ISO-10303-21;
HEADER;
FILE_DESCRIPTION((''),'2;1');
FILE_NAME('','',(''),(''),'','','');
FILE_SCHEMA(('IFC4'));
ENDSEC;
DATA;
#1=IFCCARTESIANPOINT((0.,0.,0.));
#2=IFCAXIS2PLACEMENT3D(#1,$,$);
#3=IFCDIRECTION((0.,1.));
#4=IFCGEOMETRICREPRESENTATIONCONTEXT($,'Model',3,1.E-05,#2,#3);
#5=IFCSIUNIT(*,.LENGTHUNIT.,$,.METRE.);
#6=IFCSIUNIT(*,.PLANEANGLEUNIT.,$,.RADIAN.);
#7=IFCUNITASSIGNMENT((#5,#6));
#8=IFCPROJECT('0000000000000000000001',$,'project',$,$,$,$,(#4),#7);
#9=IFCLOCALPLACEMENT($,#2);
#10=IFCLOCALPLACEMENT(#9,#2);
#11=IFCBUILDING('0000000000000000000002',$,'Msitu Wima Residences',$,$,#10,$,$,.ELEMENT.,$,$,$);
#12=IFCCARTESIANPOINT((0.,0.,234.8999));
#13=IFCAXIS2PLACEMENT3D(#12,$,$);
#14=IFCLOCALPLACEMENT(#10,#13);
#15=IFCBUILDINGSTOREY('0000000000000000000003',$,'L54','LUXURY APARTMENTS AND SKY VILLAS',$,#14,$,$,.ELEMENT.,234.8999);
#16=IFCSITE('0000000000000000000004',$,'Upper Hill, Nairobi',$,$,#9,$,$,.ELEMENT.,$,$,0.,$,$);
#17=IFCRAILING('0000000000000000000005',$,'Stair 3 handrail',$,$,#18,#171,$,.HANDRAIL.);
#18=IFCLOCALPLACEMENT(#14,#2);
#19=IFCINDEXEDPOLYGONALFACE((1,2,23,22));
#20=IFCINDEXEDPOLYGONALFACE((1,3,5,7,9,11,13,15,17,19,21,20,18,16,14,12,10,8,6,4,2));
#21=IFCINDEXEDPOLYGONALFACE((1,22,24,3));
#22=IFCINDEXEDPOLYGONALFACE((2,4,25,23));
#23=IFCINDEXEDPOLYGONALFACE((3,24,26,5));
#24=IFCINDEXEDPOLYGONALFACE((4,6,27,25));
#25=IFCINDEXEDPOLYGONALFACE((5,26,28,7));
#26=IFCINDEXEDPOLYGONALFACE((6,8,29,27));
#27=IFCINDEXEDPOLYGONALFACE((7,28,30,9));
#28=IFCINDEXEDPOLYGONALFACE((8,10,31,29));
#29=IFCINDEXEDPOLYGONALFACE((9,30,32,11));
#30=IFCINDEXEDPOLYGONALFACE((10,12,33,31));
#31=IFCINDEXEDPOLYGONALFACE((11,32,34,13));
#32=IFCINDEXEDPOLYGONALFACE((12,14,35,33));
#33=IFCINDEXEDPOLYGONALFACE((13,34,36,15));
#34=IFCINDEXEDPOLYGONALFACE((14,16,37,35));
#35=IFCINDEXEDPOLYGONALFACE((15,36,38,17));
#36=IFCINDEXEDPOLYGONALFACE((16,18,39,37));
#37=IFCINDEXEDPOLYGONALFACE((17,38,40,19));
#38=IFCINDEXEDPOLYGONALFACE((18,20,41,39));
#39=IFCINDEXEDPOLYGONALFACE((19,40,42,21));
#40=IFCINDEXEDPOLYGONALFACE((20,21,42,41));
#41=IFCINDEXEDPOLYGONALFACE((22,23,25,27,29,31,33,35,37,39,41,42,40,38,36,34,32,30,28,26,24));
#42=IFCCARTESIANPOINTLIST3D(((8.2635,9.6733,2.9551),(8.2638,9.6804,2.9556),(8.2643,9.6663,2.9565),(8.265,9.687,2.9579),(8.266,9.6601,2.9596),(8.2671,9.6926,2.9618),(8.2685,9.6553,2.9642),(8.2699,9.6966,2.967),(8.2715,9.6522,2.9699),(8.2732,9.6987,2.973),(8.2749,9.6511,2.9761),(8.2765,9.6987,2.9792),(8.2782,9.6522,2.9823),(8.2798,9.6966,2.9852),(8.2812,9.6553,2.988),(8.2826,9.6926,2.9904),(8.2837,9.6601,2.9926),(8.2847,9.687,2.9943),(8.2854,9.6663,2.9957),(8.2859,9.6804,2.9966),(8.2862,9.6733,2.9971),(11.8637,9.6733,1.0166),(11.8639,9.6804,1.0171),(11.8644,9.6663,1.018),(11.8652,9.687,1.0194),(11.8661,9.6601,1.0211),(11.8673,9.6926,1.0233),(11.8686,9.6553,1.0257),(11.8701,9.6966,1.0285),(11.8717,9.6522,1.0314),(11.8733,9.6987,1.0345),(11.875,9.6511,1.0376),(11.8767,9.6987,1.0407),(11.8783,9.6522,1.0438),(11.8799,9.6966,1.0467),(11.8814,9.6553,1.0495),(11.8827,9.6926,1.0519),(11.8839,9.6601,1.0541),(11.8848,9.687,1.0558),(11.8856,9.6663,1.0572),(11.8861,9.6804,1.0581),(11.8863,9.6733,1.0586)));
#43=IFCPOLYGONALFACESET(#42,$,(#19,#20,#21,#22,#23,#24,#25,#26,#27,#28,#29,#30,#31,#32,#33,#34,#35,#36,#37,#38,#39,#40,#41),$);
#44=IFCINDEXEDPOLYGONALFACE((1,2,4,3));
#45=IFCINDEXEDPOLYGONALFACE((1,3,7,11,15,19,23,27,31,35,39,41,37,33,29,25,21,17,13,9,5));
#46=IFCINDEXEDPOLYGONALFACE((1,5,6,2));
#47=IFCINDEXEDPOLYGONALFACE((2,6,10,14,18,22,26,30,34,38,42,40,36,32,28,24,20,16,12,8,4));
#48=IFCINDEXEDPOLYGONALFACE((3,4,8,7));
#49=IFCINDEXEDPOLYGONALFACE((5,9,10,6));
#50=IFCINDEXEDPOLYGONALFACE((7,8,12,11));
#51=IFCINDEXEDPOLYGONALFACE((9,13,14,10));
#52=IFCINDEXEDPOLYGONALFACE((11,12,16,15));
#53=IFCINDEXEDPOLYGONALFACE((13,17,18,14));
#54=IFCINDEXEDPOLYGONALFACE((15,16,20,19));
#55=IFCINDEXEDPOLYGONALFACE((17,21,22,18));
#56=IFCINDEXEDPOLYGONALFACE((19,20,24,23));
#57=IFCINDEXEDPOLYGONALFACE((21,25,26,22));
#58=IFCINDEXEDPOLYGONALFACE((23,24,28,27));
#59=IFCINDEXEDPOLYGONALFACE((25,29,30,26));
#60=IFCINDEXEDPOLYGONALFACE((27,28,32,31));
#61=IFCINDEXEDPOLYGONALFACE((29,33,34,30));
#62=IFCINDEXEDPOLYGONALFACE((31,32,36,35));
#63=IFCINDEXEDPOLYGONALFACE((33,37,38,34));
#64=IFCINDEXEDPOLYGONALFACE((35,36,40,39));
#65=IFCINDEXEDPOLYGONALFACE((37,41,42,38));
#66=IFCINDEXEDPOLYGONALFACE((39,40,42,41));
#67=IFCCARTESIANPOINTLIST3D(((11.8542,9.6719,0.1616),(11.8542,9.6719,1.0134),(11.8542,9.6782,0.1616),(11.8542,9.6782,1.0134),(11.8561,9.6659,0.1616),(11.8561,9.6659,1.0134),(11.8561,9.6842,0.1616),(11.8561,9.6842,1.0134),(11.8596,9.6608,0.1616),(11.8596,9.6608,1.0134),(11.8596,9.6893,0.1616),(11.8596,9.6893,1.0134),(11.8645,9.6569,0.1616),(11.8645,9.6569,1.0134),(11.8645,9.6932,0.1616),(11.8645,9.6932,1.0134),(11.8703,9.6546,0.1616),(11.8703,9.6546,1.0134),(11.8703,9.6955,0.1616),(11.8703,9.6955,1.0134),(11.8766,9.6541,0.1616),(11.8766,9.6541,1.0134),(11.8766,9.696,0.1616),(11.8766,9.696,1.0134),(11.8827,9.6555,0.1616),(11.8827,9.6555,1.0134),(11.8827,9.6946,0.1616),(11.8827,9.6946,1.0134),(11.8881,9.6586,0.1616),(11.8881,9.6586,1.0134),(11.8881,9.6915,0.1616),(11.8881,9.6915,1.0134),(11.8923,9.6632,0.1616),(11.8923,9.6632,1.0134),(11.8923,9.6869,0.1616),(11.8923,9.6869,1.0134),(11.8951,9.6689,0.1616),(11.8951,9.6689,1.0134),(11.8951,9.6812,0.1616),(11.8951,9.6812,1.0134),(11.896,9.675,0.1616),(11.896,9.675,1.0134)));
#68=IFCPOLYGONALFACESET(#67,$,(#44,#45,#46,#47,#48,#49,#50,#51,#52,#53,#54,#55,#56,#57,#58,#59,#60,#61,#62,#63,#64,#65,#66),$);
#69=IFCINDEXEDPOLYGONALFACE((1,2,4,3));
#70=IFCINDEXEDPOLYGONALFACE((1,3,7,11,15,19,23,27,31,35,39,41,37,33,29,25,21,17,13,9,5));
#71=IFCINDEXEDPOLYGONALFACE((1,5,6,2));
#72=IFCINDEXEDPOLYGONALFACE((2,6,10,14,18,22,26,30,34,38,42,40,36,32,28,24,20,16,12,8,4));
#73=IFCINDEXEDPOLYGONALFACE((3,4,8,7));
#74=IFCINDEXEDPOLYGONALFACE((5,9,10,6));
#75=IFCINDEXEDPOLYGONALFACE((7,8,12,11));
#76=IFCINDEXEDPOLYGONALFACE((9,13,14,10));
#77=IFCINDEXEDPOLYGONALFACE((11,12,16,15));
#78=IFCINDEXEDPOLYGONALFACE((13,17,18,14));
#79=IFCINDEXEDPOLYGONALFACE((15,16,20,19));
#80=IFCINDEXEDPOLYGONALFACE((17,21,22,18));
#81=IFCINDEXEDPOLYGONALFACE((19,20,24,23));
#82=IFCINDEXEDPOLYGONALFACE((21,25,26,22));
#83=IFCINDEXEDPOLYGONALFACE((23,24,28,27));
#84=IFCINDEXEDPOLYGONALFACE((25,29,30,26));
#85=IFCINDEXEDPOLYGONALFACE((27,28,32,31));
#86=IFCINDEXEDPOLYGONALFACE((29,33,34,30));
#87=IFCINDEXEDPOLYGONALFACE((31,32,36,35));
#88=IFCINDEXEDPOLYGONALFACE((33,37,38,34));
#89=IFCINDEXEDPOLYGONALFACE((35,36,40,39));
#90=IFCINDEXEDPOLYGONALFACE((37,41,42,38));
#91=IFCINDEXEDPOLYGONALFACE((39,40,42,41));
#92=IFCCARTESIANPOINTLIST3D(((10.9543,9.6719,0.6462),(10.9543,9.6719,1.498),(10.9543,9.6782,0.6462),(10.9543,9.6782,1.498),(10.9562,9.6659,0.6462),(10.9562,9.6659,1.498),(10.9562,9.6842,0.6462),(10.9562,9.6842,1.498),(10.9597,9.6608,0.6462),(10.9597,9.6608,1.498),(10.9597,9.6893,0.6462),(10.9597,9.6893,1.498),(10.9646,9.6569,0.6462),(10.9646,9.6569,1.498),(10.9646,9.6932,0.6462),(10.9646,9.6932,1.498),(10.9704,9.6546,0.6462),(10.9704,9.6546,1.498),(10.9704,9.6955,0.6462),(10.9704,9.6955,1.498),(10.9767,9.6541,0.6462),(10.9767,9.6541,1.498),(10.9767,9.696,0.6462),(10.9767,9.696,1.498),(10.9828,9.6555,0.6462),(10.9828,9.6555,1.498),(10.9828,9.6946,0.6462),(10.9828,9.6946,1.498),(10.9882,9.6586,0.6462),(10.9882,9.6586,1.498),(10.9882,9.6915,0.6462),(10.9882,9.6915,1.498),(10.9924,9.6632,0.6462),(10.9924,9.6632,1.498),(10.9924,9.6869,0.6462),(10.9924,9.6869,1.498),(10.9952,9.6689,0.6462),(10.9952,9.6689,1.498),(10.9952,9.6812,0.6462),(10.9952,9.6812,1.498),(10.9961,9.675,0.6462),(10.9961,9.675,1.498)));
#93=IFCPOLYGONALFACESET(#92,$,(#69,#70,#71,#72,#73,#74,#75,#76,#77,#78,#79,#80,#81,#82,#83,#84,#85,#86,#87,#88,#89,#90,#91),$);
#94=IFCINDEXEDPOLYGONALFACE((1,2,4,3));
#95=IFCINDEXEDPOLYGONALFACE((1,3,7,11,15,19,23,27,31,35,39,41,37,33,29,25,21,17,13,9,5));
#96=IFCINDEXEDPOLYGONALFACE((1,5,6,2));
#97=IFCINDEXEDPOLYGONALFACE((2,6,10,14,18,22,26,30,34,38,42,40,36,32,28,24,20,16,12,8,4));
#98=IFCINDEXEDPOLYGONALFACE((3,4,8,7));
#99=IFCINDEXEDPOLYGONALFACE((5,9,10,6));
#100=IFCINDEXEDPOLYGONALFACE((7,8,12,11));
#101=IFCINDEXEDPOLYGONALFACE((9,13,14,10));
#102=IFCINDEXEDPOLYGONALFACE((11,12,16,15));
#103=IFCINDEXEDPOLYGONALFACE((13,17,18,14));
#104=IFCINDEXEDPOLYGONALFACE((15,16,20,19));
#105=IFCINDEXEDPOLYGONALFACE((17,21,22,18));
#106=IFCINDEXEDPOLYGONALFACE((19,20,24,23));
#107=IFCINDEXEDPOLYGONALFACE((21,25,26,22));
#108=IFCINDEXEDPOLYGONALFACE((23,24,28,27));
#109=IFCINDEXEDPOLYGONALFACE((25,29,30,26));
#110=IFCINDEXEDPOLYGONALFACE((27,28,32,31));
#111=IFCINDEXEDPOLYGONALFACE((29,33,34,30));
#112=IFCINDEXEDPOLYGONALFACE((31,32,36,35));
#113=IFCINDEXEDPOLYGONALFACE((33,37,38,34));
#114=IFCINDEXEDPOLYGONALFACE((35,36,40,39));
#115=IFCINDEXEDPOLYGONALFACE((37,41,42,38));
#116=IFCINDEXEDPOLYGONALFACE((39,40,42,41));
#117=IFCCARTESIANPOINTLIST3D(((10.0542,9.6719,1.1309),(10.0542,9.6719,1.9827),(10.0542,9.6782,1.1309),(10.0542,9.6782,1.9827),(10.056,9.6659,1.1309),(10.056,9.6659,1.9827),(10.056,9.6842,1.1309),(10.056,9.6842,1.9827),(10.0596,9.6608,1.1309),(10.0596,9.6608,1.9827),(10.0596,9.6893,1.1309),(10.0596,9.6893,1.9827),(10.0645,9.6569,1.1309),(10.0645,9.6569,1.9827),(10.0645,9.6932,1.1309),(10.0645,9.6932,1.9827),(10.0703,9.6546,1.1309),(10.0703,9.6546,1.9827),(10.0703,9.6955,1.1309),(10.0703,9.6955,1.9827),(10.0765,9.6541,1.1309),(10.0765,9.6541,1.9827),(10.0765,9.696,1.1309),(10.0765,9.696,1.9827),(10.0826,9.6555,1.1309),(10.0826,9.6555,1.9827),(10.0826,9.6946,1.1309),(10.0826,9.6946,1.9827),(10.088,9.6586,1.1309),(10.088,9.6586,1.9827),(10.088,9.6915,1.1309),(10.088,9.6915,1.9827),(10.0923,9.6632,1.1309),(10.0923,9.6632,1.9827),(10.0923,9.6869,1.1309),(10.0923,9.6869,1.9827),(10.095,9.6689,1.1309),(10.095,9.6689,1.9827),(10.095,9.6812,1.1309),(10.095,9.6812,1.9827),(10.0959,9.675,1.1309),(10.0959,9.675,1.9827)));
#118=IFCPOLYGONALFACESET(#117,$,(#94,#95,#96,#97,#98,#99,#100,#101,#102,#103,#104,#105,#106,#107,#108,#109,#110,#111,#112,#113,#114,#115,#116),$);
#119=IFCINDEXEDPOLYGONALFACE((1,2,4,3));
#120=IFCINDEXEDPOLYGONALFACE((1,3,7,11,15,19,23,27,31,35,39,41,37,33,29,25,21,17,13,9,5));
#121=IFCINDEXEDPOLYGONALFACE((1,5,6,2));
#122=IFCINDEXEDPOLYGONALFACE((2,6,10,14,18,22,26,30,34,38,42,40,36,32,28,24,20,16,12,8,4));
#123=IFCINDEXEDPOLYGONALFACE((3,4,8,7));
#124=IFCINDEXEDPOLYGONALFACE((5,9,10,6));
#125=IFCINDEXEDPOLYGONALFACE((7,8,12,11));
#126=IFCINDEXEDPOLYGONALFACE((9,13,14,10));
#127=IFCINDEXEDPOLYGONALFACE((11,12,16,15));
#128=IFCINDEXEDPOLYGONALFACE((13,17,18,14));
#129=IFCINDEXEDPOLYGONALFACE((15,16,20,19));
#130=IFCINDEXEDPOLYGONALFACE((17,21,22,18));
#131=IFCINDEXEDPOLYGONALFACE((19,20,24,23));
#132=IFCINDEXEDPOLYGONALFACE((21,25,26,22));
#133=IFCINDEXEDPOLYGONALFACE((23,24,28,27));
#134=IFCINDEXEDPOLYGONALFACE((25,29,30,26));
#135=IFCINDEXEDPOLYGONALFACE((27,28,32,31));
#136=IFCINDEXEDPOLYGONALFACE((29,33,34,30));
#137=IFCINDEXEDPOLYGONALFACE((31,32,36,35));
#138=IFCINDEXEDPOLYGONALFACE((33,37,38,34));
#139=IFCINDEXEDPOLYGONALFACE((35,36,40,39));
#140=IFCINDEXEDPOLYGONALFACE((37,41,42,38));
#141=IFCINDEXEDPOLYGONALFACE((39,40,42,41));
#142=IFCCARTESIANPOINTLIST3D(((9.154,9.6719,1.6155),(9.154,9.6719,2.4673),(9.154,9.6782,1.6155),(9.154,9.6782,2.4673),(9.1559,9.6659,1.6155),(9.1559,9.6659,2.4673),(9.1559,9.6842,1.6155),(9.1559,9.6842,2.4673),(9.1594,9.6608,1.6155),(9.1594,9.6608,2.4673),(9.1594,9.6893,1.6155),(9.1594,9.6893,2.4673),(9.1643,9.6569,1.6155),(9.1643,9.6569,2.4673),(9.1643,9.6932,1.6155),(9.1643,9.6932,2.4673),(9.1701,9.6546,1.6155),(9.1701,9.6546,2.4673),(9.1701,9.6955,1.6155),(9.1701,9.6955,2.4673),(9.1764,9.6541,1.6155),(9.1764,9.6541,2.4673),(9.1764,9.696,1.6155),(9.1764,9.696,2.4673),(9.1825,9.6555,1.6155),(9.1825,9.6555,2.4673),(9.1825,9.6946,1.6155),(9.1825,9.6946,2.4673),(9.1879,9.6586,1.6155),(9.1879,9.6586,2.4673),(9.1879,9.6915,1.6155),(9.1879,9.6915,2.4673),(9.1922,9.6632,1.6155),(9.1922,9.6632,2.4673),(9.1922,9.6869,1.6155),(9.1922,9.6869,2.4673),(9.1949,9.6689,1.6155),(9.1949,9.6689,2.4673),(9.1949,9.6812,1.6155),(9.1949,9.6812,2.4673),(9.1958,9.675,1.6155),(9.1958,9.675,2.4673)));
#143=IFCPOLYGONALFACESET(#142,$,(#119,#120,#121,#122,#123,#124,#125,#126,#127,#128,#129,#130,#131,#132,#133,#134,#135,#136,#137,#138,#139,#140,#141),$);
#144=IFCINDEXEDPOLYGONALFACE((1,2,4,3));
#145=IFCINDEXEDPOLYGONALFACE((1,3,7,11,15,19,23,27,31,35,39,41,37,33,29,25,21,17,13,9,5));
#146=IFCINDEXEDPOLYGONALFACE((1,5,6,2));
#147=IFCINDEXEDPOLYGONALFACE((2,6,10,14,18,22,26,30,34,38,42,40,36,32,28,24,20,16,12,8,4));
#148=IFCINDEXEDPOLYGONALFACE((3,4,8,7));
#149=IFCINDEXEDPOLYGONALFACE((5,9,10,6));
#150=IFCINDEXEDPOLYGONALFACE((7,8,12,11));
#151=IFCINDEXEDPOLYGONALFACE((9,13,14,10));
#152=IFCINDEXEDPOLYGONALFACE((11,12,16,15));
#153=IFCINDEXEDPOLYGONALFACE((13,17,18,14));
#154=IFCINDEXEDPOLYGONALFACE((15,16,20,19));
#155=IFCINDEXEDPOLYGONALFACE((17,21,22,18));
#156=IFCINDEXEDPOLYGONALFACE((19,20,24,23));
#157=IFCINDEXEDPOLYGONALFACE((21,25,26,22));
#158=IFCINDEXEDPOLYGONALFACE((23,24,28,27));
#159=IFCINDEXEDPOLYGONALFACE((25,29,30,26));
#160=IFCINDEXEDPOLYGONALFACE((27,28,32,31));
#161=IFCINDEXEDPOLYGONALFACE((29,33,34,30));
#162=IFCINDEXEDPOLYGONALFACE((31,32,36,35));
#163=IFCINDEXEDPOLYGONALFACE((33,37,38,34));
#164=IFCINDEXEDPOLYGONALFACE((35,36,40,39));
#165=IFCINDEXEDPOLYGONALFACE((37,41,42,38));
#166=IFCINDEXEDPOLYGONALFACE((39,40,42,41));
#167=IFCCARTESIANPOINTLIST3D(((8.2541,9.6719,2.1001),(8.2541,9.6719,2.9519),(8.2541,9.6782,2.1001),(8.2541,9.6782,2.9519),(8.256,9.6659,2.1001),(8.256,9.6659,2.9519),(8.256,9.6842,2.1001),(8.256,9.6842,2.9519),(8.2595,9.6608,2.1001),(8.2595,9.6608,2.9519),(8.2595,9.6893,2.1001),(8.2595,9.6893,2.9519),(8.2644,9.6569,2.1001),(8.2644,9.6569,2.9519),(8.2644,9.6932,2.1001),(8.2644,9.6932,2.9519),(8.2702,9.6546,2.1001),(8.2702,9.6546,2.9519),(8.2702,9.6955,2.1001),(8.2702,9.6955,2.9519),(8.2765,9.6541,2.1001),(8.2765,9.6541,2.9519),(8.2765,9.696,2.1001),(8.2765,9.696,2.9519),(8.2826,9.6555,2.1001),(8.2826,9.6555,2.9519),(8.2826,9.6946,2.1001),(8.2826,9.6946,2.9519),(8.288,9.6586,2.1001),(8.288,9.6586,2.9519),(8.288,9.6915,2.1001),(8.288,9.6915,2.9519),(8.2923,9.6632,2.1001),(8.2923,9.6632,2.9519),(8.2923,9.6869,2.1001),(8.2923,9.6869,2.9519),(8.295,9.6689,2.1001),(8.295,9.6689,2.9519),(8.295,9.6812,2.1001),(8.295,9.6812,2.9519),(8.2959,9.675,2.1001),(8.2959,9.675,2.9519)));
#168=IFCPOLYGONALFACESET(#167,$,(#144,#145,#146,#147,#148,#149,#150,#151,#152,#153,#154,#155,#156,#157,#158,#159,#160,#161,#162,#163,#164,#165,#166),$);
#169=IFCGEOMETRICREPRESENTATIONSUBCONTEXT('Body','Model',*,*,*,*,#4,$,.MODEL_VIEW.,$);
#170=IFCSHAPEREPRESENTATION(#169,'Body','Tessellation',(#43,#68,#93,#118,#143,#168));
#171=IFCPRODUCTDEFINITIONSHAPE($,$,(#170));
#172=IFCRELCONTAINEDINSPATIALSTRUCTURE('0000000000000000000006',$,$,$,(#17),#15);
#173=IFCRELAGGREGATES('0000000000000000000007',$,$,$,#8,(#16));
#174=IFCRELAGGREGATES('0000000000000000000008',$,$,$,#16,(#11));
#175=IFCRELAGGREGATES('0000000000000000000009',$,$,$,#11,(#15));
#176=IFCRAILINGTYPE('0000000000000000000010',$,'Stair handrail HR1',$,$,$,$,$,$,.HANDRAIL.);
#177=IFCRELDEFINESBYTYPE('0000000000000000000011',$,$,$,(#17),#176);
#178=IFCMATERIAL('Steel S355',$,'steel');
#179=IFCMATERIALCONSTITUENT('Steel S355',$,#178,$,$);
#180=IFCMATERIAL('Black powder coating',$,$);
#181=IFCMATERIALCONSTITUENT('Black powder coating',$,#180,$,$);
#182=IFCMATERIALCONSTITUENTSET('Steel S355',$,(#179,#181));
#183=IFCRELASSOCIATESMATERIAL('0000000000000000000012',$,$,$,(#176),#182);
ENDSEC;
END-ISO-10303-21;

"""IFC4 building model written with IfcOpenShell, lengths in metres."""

from ifc_helpers import new_model, si_unit, direction, frame, origin, origin_2d, place, context, subcontext, project, spatial, circle, extrude, material, constituent, constituent_set, type_object, element, save


model = new_model("IFC4")

# Units and contexts
model_context = context("Model", 3, precision=1e-05, world=origin(), true_north=direction((0.0, 1.0)))
body_context = subcontext(model_context, "Body", "Model", "MODEL_VIEW")
ifc_project = project(units=[si_unit("LENGTHUNIT", "METRE"), si_unit("PLANEANGLEUNIT", "RADIAN")], contexts=[model_context])

# Site, building, storey
site_placement = place(None, origin())
site = spatial("IfcSite", under=ifc_project, at=site_placement, Name="Upper Hill, Nairobi", CompositionType="ELEMENT", RefElevation=0.0)
building_placement = place(site_placement, origin())
building = spatial("IfcBuilding", under=site, at=building_placement, Name="Msitu Wima Residences", CompositionType="ELEMENT")
storey_placement = place(building_placement, frame((0.0, 0.0, 234.8999)))
storey = spatial("IfcBuildingStorey", under=building, at=storey_placement, Name="L54", Description="LUXURY APARTMENTS AND SKY VILLAS", CompositionType="ELEMENT", Elevation=234.8999)

# Railing
ifc_material_1 = material(Name="Steel S355", Category="steel")
ifc_constituent_1 = constituent(ifc_material_1, Name="Steel S355")
ifc_material_2 = material(Name="Black powder coating")
ifc_constituent_2 = constituent(ifc_material_2, Name="Black powder coating")
ifc_constituent_set = constituent_set(constituents=[ifc_constituent_1, ifc_constituent_2], Name="Steel S355")
railing_type = type_object("IfcRailingType", Name="Stair handrail HR1", PredefinedType="HANDRAIL", material=ifc_constituent_set)
for number, where, name in (
    (1, (11.875, 9.675, 0.1616), "Stair 3 handrail"),
):
    element("IfcRailing", number, at=place(storey_placement, frame(where)), inside=storey, type_object=railing_type, Name=name, PredefinedType="HANDRAIL", context=body_context, shape_type="SweptSolid", body=[
        extrude(circle(Radius=0.0239, at=origin_2d()), frame((0.0, 0.0, 0.876), z_axis=(-0.880475, 0.0, 0.474093), x_axis=(0.0, -1.0, 0.0)), (0.0, 0.0, 1.0), 4.0889),
        extrude(circle(Radius=0.021, at=origin_2d()), origin(), (0.0, 0.0, 1.0), 0.8518),
        extrude(circle(Radius=0.021, at=origin_2d()), frame((-0.8999, 0.0, 0.4846)), (0.0, 0.0, 1.0), 0.8518),
        extrude(circle(Radius=0.021, at=origin_2d()), frame((-1.8, 0.0, 0.9692)), (0.0, 0.0, 1.0), 0.8518),
        extrude(circle(Radius=0.021, at=origin_2d()), frame((-2.7002, 0.0, 1.4539)), (0.0, 0.0, 1.0), 0.8518),
        extrude(circle(Radius=0.021, at=origin_2d()), frame((-3.6001, 0.0, 1.9385)), (0.0, 0.0, 1.0), 0.8518),
    ])

save(model, "model.ifc")
